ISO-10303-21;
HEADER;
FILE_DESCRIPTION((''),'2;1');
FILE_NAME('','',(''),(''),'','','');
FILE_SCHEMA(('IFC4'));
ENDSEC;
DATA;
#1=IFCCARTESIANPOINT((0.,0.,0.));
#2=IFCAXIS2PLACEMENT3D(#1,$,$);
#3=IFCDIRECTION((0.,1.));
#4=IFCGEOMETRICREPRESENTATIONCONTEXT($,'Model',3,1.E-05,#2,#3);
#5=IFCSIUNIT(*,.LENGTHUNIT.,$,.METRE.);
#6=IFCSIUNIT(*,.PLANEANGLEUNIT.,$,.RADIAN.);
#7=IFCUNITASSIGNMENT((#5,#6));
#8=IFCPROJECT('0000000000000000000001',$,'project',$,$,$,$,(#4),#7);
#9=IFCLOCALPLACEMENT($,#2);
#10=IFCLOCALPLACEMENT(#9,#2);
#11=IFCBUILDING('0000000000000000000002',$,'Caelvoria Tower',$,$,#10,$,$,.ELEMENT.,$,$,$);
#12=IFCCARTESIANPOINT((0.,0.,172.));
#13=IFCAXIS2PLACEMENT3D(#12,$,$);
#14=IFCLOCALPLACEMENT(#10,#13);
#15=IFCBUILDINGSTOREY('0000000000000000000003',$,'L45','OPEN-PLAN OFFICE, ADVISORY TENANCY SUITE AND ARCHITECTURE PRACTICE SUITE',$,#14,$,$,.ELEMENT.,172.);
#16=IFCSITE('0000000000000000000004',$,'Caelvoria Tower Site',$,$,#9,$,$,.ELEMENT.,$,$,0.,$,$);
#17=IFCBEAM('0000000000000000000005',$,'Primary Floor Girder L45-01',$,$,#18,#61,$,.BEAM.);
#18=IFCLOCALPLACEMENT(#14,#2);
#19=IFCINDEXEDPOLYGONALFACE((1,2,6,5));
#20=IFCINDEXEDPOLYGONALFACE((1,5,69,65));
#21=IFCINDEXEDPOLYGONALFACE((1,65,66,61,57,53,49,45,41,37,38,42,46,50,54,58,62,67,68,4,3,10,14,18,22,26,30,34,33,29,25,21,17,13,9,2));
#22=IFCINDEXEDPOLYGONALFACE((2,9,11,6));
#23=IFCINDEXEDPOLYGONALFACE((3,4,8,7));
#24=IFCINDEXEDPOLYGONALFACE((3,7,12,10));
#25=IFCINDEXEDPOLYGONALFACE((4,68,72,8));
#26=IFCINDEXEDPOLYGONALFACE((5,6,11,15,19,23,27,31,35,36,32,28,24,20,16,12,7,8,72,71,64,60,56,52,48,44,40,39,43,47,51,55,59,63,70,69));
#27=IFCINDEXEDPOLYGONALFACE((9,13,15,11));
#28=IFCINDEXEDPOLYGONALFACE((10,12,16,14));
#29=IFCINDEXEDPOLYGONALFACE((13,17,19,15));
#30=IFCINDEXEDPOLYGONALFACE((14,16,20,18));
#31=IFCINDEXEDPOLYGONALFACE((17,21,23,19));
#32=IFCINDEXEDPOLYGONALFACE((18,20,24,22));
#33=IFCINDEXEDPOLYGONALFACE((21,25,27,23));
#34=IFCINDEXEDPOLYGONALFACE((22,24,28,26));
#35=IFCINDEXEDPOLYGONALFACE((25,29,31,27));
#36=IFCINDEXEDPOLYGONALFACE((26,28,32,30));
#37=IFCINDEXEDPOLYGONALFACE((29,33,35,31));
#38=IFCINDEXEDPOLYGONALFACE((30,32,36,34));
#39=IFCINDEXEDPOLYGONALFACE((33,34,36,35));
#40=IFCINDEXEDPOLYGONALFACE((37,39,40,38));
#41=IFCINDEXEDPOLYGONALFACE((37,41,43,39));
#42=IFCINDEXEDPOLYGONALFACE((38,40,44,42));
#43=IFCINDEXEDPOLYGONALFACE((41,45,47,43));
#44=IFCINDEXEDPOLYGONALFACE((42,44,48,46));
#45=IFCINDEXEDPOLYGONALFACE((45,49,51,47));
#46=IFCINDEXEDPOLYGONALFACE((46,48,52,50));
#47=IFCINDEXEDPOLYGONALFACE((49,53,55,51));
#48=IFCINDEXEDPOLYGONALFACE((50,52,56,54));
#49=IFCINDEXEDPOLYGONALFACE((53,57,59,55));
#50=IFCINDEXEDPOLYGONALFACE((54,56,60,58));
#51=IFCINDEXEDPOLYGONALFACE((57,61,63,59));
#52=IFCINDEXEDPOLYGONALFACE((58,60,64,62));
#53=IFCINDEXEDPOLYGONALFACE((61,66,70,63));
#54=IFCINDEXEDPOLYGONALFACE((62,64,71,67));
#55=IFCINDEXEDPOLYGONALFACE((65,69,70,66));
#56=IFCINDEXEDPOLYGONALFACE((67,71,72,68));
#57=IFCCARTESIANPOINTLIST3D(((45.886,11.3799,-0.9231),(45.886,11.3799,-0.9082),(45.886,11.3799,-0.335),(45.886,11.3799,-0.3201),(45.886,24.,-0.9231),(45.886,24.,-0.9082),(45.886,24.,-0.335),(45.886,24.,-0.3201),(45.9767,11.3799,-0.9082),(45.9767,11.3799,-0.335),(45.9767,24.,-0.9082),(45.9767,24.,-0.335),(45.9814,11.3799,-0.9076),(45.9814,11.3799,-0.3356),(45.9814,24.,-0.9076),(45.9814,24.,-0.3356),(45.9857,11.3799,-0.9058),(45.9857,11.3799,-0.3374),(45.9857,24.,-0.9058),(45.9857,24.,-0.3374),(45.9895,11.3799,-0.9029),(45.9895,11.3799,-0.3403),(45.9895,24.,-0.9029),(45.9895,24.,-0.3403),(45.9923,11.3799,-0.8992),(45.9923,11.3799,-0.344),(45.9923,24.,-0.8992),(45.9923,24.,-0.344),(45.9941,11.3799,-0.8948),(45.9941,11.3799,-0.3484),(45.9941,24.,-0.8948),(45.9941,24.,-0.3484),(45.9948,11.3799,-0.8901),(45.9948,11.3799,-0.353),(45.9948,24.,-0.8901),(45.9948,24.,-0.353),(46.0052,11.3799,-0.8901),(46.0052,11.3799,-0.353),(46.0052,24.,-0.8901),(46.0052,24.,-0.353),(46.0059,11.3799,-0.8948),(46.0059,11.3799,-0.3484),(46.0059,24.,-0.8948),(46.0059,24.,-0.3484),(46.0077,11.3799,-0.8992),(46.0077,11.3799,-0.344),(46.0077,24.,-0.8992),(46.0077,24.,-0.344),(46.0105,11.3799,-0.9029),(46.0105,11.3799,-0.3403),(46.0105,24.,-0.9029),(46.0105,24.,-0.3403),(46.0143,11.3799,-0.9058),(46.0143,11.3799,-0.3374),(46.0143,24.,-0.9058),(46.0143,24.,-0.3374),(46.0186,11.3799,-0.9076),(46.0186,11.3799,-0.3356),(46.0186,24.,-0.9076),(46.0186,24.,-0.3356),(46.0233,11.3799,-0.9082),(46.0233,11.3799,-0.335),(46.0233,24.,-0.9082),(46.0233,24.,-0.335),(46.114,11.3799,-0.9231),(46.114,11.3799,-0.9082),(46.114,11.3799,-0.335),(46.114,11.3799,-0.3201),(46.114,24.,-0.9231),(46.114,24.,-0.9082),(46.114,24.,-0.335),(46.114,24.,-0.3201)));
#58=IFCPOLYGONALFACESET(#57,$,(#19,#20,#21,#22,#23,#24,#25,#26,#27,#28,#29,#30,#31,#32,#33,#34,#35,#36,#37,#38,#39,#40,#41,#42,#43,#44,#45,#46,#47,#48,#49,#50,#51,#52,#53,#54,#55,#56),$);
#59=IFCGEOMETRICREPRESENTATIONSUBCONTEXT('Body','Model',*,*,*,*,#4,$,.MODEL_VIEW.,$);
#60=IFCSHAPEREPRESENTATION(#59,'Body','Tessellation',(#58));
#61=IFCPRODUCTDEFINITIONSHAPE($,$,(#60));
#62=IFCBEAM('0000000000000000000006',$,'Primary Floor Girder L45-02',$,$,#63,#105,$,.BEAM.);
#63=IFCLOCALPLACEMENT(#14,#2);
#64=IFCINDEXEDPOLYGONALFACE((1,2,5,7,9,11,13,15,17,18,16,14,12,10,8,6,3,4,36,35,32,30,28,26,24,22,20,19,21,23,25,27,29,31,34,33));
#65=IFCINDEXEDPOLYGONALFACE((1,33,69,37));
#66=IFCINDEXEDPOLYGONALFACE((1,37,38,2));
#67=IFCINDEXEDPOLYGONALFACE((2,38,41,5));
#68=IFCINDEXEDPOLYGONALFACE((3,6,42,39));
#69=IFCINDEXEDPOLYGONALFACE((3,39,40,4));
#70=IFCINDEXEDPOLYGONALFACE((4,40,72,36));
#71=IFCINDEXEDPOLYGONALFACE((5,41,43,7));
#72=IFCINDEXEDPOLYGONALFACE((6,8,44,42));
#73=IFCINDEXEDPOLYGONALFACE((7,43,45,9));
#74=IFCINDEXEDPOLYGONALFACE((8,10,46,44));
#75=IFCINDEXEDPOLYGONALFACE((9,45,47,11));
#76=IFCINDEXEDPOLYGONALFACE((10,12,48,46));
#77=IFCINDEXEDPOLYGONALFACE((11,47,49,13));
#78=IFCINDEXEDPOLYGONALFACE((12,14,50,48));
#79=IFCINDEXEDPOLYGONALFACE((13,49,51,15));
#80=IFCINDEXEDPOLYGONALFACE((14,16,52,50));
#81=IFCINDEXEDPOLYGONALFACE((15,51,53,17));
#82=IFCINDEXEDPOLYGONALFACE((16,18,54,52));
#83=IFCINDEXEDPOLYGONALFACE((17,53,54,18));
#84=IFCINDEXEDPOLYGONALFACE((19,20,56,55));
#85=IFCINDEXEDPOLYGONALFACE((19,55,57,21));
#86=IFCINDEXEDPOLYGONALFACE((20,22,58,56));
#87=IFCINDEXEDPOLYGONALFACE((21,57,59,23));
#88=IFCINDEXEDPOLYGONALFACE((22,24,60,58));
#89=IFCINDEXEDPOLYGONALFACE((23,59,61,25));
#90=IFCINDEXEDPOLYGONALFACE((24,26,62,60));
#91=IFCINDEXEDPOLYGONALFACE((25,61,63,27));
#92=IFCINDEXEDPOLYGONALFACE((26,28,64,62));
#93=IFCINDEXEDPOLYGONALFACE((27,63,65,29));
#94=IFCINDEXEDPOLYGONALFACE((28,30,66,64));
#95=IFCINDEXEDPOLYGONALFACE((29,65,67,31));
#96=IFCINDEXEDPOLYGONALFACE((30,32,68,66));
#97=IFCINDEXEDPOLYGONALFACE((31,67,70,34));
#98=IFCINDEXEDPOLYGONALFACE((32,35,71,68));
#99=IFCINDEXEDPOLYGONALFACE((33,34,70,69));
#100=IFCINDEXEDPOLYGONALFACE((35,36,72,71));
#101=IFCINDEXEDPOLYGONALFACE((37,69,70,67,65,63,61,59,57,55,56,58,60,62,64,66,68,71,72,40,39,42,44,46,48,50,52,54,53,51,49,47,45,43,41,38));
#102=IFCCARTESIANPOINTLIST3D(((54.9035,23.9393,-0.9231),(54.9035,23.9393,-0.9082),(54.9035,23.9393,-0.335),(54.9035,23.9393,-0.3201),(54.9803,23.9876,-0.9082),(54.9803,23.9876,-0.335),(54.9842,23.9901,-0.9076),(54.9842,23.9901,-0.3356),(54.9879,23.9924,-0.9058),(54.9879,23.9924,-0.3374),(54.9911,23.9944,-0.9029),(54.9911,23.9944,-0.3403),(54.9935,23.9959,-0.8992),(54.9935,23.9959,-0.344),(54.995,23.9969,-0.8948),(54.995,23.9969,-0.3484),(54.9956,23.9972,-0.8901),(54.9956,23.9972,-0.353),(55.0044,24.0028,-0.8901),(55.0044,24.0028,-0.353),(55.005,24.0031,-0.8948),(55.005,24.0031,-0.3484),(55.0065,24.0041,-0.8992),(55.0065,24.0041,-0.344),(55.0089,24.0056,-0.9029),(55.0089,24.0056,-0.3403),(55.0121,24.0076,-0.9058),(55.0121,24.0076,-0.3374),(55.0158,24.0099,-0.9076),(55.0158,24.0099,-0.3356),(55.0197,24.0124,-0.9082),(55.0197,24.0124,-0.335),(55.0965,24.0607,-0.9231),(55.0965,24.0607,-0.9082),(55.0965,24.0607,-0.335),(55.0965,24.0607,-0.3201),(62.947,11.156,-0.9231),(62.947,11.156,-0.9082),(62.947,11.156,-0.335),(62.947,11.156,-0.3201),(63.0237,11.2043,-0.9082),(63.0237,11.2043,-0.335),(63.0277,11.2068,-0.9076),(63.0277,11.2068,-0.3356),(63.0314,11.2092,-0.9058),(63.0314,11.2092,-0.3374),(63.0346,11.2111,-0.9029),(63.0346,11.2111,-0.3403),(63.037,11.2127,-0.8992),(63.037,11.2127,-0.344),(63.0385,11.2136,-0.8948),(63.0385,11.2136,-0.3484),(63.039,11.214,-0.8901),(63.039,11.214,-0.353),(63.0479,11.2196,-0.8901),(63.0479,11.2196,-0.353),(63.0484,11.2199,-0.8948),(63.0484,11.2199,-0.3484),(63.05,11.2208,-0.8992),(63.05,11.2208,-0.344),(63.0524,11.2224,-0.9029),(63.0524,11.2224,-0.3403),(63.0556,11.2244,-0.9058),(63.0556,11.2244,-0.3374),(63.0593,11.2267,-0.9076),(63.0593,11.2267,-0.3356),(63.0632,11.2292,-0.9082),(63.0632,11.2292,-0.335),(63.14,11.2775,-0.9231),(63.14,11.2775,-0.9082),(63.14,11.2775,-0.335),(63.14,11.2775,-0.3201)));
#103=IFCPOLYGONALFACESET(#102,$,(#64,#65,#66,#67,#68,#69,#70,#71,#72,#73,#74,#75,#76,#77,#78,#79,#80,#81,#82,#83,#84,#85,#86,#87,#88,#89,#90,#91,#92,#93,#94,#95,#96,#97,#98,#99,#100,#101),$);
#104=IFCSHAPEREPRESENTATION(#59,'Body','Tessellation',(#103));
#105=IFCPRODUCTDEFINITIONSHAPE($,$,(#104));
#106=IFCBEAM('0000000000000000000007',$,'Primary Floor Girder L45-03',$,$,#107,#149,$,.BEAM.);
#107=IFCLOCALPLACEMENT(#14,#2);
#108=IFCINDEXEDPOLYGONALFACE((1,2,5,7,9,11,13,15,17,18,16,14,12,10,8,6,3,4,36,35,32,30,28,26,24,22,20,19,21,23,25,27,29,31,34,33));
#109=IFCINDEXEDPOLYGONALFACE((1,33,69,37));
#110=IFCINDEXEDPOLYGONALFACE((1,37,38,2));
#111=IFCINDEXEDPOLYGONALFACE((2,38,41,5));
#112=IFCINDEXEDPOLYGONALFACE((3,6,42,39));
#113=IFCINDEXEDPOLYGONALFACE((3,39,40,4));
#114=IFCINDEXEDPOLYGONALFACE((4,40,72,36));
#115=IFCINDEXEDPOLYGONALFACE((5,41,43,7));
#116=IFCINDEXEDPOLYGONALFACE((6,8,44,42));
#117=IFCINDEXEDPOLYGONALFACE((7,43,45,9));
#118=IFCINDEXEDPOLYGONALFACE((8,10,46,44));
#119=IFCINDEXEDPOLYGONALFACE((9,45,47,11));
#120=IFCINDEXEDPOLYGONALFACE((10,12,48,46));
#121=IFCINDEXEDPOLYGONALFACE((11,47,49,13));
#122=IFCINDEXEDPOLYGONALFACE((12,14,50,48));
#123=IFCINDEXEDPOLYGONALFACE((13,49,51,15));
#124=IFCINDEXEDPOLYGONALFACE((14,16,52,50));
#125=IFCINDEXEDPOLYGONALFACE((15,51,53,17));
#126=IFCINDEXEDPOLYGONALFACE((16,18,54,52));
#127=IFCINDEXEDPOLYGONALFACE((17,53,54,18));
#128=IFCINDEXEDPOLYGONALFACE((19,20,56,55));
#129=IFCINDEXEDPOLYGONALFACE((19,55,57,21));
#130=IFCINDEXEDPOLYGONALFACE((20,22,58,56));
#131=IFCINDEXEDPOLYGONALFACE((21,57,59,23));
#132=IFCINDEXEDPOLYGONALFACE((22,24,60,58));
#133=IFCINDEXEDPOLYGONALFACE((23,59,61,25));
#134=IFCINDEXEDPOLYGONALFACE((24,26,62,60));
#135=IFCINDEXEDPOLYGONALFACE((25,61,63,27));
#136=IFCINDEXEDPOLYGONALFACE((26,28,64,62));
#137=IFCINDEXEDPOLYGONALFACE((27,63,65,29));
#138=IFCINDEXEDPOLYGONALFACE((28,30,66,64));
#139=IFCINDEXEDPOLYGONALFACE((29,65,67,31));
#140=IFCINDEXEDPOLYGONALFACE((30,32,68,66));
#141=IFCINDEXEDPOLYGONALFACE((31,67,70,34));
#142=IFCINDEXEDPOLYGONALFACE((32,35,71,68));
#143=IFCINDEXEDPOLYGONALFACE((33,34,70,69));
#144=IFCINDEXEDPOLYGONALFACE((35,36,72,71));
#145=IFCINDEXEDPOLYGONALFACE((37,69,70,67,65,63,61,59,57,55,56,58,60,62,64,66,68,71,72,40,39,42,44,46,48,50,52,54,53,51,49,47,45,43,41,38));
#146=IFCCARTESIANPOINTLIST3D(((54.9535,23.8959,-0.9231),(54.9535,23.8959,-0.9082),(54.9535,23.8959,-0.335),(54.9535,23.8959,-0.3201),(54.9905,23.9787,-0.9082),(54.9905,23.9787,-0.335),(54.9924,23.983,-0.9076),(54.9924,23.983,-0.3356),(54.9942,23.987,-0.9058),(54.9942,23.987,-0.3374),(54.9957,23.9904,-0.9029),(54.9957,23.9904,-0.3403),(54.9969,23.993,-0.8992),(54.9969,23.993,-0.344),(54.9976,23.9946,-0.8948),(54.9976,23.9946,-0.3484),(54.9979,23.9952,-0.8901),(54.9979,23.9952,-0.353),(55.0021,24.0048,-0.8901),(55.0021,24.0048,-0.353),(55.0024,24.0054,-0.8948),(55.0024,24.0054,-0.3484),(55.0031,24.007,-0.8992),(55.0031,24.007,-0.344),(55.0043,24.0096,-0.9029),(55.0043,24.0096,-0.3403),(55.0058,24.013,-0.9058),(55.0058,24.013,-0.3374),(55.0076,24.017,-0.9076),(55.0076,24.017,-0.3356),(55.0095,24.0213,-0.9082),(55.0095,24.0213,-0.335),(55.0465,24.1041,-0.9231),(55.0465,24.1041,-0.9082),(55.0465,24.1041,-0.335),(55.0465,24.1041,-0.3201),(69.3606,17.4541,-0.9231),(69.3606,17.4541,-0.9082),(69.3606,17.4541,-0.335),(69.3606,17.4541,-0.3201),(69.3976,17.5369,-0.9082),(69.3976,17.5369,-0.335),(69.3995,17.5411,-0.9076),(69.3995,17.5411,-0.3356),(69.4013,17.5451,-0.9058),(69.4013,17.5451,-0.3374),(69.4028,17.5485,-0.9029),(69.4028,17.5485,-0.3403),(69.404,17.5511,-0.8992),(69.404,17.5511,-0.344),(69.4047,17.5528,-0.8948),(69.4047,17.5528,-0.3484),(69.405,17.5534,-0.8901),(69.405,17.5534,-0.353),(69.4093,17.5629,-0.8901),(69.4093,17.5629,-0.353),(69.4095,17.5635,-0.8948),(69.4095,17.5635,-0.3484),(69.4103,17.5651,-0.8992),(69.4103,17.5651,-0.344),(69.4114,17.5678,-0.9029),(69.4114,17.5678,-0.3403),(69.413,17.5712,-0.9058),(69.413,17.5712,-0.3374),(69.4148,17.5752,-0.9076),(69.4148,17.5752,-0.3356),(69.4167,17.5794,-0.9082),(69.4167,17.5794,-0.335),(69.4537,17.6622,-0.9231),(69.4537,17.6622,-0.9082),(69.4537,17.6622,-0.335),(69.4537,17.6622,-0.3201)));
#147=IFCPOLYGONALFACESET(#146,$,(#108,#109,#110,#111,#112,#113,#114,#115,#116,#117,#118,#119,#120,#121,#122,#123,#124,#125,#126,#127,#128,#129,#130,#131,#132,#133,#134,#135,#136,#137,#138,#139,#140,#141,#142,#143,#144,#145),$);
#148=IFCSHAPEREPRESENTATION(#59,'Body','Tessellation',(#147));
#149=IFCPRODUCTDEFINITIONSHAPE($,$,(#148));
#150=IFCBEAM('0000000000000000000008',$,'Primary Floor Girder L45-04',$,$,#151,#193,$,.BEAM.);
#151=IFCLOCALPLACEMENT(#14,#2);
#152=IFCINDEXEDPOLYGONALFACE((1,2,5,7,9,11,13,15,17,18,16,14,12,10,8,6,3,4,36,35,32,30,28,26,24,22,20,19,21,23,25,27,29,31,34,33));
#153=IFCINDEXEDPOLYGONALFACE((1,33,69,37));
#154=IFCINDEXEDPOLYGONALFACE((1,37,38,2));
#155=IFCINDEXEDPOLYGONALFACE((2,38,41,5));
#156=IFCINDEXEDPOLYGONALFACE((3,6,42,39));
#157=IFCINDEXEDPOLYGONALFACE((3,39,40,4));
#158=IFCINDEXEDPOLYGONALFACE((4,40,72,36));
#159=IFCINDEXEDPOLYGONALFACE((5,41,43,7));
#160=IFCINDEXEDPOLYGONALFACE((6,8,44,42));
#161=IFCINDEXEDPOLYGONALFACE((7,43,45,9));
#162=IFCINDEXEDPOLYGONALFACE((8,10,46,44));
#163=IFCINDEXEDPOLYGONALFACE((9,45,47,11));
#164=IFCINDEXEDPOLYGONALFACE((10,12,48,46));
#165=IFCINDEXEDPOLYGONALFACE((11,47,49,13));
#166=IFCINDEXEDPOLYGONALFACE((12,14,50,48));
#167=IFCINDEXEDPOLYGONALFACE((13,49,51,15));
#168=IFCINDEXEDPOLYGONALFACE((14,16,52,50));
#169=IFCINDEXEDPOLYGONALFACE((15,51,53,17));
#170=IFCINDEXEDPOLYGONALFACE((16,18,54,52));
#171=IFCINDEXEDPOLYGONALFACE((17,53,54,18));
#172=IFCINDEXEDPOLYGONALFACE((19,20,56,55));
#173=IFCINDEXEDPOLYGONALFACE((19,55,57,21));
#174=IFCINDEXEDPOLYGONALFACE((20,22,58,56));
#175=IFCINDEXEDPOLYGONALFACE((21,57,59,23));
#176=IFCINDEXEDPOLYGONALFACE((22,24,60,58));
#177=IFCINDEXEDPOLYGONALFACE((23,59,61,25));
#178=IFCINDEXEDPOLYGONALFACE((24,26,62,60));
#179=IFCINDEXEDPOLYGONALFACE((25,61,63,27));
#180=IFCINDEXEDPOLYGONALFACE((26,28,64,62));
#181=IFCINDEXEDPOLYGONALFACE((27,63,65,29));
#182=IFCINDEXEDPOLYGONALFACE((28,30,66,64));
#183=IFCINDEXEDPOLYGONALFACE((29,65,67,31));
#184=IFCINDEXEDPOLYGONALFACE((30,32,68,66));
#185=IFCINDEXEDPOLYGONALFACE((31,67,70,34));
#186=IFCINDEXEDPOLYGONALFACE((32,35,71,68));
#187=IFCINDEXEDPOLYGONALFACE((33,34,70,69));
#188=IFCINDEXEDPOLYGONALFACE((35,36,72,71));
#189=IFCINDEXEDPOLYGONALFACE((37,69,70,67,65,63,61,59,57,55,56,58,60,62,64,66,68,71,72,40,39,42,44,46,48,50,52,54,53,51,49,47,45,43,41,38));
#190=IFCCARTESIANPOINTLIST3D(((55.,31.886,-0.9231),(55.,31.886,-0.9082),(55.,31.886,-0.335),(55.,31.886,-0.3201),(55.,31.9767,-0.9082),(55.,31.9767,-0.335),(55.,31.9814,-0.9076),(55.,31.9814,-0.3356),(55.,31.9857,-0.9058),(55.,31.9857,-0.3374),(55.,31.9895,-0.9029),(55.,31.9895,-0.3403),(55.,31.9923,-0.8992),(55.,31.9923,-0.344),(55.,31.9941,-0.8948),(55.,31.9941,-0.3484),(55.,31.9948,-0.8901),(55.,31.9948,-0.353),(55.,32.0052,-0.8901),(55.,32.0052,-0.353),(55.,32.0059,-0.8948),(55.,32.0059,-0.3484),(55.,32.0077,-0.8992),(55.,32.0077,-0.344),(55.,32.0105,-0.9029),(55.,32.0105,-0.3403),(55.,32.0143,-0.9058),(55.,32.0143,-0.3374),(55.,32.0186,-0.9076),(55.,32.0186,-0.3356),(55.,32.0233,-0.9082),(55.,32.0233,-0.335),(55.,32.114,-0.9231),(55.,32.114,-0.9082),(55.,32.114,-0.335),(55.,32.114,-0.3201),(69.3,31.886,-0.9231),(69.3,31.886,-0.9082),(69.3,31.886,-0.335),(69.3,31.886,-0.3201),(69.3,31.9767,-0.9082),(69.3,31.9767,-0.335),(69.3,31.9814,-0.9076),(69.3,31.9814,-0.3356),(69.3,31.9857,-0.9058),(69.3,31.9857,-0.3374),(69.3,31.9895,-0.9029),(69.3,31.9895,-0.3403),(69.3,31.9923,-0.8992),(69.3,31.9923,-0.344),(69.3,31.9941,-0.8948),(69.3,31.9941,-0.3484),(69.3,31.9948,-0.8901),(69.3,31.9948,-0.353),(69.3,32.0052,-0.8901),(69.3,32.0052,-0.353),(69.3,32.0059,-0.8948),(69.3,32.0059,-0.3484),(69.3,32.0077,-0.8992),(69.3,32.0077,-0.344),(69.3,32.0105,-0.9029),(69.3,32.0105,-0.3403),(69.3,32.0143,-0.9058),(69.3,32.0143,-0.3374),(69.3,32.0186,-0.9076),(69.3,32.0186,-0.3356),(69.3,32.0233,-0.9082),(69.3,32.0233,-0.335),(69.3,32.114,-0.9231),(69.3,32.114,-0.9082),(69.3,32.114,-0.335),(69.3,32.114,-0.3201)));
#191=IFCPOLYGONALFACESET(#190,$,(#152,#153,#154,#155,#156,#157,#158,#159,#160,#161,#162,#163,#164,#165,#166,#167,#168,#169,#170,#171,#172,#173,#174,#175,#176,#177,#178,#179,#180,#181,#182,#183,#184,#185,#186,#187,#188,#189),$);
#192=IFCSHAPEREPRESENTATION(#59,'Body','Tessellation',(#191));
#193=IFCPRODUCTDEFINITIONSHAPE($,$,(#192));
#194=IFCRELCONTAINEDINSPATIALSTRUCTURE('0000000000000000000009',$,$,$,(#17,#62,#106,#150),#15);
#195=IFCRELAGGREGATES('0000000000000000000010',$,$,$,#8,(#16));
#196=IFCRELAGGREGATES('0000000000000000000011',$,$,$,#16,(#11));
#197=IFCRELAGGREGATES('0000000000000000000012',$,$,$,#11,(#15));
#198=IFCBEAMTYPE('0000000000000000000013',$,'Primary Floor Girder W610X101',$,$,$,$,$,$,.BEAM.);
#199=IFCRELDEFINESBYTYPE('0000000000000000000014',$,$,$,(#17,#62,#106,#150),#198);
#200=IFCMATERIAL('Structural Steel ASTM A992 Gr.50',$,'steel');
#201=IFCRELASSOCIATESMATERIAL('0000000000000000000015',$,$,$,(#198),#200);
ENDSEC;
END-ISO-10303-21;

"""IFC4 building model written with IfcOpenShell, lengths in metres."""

from ifc_helpers import new_model, si_unit, direction, frame, origin, origin_2d, place, context, subcontext, project, spatial, i_section, extrude, material, material_profile, profile_set, type_object, element, save


model = new_model("IFC4")

# Units and contexts
model_context = context("Model", 3, precision=1e-05, world=origin(), true_north=direction((0.0, 1.0)))
body_context = subcontext(model_context, "Body", "Model", "MODEL_VIEW")
ifc_project = project(units=[si_unit("LENGTHUNIT", "METRE"), si_unit("PLANEANGLEUNIT", "RADIAN")], contexts=[model_context])

# Site, building, storey
site_placement = place(None, origin())
site = spatial("IfcSite", under=ifc_project, at=site_placement, Name="Caelvoria Tower Site", CompositionType="ELEMENT", RefElevation=0.0)
building_placement = place(site_placement, origin())
building = spatial("IfcBuilding", under=site, at=building_placement, Name="Caelvoria Tower", CompositionType="ELEMENT")
storey_placement = place(building_placement, frame((0.0, 0.0, 172.0)))
storey = spatial("IfcBuildingStorey", under=building, at=storey_placement, Name="L45", Description="OPEN-PLAN OFFICE, ADVISORY TENANCY SUITE AND ARCHITECTURE PRACTICE SUITE", CompositionType="ELEMENT", Elevation=172.0)

# Beams
ifc_material_1 = material(Name="Structural Steel ASTM A992 Gr.50", Category="steel")
ifc_material_profile = material_profile(ifc_material_1, i_section(OverallWidth=0.228, OverallDepth=0.603, WebThickness=0.0105, FlangeThickness=0.0149, FilletRadius=0.0181, at=origin_2d()), Name="Structural Steel ASTM A992 Gr.50")
ifc_profile_set = profile_set([ifc_material_profile], Name="W610X101 - Structural Steel ASTM A992 Gr.50")
beam_type = type_object("IfcBeamType", Name="Primary Floor Girder W610X101", PredefinedType="BEAM", material=ifc_profile_set)
beam_1_placement = place(storey_placement, frame((46.0, 24.0, -0.6216), z_axis=(0.0, -1.0, 0.0), x_axis=(1.0, 0.0, 0.0)))
element("IfcBeam", 1, at=beam_1_placement, inside=storey, type_object=beam_type, Name="Primary Floor Girder L45-01", PredefinedType="BEAM", context=body_context, shape_type="SweptSolid", body=[
    extrude(i_section(OverallWidth=0.228, OverallDepth=0.603, WebThickness=0.0105, FlangeThickness=0.0149, FilletRadius=0.0181, at=origin_2d()), origin(), (0.0, 0.0, 1.0), 12.6201),
])
beam_2_placement = place(storey_placement, frame((55.0, 24.0, -0.6216), z_axis=(0.532565, -0.846389, 0.0), x_axis=(0.846389, 0.532565, 0.0)))
element("IfcBeam", 2, at=beam_2_placement, inside=storey, type_object=beam_type, Name="Primary Floor Girder L45-02", PredefinedType="BEAM", context=body_context, shape_type="SweptSolid", body=[
    extrude(i_section(OverallWidth=0.228, OverallDepth=0.603, WebThickness=0.0105, FlangeThickness=0.0149, FilletRadius=0.0181, at=origin_2d()), origin(), (0.0, 0.0, 1.0), 15.1033),
])
beam_3_placement = place(storey_placement, frame((55.0, 24.0, -0.6216), z_axis=(0.9129, -0.408184, 0.0), x_axis=(0.408184, 0.9129, 0.0)))
element("IfcBeam", 3, at=beam_3_placement, inside=storey, type_object=beam_type, Name="Primary Floor Girder L45-03", PredefinedType="BEAM", context=body_context, shape_type="SweptSolid", body=[
    extrude(i_section(OverallWidth=0.228, OverallDepth=0.603, WebThickness=0.0105, FlangeThickness=0.0149, FilletRadius=0.0181, at=origin_2d()), origin(), (0.0, 0.0, 1.0), 15.7817),
])
beam_4_placement = place(storey_placement, frame((55.0, 32.0, -0.6216), z_axis=(1.0, 0.0, 0.0), x_axis=(0.0, 1.0, 0.0)))
element("IfcBeam", 4, at=beam_4_placement, inside=storey, type_object=beam_type, Name="Primary Floor Girder L45-04", PredefinedType="BEAM", context=body_context, shape_type="SweptSolid", body=[
    extrude(i_section(OverallWidth=0.228, OverallDepth=0.603, WebThickness=0.0105, FlangeThickness=0.0149, FilletRadius=0.0181, at=origin_2d()), origin(), (0.0, 0.0, 1.0), 14.3),
])

save(model, "model.ifc")
